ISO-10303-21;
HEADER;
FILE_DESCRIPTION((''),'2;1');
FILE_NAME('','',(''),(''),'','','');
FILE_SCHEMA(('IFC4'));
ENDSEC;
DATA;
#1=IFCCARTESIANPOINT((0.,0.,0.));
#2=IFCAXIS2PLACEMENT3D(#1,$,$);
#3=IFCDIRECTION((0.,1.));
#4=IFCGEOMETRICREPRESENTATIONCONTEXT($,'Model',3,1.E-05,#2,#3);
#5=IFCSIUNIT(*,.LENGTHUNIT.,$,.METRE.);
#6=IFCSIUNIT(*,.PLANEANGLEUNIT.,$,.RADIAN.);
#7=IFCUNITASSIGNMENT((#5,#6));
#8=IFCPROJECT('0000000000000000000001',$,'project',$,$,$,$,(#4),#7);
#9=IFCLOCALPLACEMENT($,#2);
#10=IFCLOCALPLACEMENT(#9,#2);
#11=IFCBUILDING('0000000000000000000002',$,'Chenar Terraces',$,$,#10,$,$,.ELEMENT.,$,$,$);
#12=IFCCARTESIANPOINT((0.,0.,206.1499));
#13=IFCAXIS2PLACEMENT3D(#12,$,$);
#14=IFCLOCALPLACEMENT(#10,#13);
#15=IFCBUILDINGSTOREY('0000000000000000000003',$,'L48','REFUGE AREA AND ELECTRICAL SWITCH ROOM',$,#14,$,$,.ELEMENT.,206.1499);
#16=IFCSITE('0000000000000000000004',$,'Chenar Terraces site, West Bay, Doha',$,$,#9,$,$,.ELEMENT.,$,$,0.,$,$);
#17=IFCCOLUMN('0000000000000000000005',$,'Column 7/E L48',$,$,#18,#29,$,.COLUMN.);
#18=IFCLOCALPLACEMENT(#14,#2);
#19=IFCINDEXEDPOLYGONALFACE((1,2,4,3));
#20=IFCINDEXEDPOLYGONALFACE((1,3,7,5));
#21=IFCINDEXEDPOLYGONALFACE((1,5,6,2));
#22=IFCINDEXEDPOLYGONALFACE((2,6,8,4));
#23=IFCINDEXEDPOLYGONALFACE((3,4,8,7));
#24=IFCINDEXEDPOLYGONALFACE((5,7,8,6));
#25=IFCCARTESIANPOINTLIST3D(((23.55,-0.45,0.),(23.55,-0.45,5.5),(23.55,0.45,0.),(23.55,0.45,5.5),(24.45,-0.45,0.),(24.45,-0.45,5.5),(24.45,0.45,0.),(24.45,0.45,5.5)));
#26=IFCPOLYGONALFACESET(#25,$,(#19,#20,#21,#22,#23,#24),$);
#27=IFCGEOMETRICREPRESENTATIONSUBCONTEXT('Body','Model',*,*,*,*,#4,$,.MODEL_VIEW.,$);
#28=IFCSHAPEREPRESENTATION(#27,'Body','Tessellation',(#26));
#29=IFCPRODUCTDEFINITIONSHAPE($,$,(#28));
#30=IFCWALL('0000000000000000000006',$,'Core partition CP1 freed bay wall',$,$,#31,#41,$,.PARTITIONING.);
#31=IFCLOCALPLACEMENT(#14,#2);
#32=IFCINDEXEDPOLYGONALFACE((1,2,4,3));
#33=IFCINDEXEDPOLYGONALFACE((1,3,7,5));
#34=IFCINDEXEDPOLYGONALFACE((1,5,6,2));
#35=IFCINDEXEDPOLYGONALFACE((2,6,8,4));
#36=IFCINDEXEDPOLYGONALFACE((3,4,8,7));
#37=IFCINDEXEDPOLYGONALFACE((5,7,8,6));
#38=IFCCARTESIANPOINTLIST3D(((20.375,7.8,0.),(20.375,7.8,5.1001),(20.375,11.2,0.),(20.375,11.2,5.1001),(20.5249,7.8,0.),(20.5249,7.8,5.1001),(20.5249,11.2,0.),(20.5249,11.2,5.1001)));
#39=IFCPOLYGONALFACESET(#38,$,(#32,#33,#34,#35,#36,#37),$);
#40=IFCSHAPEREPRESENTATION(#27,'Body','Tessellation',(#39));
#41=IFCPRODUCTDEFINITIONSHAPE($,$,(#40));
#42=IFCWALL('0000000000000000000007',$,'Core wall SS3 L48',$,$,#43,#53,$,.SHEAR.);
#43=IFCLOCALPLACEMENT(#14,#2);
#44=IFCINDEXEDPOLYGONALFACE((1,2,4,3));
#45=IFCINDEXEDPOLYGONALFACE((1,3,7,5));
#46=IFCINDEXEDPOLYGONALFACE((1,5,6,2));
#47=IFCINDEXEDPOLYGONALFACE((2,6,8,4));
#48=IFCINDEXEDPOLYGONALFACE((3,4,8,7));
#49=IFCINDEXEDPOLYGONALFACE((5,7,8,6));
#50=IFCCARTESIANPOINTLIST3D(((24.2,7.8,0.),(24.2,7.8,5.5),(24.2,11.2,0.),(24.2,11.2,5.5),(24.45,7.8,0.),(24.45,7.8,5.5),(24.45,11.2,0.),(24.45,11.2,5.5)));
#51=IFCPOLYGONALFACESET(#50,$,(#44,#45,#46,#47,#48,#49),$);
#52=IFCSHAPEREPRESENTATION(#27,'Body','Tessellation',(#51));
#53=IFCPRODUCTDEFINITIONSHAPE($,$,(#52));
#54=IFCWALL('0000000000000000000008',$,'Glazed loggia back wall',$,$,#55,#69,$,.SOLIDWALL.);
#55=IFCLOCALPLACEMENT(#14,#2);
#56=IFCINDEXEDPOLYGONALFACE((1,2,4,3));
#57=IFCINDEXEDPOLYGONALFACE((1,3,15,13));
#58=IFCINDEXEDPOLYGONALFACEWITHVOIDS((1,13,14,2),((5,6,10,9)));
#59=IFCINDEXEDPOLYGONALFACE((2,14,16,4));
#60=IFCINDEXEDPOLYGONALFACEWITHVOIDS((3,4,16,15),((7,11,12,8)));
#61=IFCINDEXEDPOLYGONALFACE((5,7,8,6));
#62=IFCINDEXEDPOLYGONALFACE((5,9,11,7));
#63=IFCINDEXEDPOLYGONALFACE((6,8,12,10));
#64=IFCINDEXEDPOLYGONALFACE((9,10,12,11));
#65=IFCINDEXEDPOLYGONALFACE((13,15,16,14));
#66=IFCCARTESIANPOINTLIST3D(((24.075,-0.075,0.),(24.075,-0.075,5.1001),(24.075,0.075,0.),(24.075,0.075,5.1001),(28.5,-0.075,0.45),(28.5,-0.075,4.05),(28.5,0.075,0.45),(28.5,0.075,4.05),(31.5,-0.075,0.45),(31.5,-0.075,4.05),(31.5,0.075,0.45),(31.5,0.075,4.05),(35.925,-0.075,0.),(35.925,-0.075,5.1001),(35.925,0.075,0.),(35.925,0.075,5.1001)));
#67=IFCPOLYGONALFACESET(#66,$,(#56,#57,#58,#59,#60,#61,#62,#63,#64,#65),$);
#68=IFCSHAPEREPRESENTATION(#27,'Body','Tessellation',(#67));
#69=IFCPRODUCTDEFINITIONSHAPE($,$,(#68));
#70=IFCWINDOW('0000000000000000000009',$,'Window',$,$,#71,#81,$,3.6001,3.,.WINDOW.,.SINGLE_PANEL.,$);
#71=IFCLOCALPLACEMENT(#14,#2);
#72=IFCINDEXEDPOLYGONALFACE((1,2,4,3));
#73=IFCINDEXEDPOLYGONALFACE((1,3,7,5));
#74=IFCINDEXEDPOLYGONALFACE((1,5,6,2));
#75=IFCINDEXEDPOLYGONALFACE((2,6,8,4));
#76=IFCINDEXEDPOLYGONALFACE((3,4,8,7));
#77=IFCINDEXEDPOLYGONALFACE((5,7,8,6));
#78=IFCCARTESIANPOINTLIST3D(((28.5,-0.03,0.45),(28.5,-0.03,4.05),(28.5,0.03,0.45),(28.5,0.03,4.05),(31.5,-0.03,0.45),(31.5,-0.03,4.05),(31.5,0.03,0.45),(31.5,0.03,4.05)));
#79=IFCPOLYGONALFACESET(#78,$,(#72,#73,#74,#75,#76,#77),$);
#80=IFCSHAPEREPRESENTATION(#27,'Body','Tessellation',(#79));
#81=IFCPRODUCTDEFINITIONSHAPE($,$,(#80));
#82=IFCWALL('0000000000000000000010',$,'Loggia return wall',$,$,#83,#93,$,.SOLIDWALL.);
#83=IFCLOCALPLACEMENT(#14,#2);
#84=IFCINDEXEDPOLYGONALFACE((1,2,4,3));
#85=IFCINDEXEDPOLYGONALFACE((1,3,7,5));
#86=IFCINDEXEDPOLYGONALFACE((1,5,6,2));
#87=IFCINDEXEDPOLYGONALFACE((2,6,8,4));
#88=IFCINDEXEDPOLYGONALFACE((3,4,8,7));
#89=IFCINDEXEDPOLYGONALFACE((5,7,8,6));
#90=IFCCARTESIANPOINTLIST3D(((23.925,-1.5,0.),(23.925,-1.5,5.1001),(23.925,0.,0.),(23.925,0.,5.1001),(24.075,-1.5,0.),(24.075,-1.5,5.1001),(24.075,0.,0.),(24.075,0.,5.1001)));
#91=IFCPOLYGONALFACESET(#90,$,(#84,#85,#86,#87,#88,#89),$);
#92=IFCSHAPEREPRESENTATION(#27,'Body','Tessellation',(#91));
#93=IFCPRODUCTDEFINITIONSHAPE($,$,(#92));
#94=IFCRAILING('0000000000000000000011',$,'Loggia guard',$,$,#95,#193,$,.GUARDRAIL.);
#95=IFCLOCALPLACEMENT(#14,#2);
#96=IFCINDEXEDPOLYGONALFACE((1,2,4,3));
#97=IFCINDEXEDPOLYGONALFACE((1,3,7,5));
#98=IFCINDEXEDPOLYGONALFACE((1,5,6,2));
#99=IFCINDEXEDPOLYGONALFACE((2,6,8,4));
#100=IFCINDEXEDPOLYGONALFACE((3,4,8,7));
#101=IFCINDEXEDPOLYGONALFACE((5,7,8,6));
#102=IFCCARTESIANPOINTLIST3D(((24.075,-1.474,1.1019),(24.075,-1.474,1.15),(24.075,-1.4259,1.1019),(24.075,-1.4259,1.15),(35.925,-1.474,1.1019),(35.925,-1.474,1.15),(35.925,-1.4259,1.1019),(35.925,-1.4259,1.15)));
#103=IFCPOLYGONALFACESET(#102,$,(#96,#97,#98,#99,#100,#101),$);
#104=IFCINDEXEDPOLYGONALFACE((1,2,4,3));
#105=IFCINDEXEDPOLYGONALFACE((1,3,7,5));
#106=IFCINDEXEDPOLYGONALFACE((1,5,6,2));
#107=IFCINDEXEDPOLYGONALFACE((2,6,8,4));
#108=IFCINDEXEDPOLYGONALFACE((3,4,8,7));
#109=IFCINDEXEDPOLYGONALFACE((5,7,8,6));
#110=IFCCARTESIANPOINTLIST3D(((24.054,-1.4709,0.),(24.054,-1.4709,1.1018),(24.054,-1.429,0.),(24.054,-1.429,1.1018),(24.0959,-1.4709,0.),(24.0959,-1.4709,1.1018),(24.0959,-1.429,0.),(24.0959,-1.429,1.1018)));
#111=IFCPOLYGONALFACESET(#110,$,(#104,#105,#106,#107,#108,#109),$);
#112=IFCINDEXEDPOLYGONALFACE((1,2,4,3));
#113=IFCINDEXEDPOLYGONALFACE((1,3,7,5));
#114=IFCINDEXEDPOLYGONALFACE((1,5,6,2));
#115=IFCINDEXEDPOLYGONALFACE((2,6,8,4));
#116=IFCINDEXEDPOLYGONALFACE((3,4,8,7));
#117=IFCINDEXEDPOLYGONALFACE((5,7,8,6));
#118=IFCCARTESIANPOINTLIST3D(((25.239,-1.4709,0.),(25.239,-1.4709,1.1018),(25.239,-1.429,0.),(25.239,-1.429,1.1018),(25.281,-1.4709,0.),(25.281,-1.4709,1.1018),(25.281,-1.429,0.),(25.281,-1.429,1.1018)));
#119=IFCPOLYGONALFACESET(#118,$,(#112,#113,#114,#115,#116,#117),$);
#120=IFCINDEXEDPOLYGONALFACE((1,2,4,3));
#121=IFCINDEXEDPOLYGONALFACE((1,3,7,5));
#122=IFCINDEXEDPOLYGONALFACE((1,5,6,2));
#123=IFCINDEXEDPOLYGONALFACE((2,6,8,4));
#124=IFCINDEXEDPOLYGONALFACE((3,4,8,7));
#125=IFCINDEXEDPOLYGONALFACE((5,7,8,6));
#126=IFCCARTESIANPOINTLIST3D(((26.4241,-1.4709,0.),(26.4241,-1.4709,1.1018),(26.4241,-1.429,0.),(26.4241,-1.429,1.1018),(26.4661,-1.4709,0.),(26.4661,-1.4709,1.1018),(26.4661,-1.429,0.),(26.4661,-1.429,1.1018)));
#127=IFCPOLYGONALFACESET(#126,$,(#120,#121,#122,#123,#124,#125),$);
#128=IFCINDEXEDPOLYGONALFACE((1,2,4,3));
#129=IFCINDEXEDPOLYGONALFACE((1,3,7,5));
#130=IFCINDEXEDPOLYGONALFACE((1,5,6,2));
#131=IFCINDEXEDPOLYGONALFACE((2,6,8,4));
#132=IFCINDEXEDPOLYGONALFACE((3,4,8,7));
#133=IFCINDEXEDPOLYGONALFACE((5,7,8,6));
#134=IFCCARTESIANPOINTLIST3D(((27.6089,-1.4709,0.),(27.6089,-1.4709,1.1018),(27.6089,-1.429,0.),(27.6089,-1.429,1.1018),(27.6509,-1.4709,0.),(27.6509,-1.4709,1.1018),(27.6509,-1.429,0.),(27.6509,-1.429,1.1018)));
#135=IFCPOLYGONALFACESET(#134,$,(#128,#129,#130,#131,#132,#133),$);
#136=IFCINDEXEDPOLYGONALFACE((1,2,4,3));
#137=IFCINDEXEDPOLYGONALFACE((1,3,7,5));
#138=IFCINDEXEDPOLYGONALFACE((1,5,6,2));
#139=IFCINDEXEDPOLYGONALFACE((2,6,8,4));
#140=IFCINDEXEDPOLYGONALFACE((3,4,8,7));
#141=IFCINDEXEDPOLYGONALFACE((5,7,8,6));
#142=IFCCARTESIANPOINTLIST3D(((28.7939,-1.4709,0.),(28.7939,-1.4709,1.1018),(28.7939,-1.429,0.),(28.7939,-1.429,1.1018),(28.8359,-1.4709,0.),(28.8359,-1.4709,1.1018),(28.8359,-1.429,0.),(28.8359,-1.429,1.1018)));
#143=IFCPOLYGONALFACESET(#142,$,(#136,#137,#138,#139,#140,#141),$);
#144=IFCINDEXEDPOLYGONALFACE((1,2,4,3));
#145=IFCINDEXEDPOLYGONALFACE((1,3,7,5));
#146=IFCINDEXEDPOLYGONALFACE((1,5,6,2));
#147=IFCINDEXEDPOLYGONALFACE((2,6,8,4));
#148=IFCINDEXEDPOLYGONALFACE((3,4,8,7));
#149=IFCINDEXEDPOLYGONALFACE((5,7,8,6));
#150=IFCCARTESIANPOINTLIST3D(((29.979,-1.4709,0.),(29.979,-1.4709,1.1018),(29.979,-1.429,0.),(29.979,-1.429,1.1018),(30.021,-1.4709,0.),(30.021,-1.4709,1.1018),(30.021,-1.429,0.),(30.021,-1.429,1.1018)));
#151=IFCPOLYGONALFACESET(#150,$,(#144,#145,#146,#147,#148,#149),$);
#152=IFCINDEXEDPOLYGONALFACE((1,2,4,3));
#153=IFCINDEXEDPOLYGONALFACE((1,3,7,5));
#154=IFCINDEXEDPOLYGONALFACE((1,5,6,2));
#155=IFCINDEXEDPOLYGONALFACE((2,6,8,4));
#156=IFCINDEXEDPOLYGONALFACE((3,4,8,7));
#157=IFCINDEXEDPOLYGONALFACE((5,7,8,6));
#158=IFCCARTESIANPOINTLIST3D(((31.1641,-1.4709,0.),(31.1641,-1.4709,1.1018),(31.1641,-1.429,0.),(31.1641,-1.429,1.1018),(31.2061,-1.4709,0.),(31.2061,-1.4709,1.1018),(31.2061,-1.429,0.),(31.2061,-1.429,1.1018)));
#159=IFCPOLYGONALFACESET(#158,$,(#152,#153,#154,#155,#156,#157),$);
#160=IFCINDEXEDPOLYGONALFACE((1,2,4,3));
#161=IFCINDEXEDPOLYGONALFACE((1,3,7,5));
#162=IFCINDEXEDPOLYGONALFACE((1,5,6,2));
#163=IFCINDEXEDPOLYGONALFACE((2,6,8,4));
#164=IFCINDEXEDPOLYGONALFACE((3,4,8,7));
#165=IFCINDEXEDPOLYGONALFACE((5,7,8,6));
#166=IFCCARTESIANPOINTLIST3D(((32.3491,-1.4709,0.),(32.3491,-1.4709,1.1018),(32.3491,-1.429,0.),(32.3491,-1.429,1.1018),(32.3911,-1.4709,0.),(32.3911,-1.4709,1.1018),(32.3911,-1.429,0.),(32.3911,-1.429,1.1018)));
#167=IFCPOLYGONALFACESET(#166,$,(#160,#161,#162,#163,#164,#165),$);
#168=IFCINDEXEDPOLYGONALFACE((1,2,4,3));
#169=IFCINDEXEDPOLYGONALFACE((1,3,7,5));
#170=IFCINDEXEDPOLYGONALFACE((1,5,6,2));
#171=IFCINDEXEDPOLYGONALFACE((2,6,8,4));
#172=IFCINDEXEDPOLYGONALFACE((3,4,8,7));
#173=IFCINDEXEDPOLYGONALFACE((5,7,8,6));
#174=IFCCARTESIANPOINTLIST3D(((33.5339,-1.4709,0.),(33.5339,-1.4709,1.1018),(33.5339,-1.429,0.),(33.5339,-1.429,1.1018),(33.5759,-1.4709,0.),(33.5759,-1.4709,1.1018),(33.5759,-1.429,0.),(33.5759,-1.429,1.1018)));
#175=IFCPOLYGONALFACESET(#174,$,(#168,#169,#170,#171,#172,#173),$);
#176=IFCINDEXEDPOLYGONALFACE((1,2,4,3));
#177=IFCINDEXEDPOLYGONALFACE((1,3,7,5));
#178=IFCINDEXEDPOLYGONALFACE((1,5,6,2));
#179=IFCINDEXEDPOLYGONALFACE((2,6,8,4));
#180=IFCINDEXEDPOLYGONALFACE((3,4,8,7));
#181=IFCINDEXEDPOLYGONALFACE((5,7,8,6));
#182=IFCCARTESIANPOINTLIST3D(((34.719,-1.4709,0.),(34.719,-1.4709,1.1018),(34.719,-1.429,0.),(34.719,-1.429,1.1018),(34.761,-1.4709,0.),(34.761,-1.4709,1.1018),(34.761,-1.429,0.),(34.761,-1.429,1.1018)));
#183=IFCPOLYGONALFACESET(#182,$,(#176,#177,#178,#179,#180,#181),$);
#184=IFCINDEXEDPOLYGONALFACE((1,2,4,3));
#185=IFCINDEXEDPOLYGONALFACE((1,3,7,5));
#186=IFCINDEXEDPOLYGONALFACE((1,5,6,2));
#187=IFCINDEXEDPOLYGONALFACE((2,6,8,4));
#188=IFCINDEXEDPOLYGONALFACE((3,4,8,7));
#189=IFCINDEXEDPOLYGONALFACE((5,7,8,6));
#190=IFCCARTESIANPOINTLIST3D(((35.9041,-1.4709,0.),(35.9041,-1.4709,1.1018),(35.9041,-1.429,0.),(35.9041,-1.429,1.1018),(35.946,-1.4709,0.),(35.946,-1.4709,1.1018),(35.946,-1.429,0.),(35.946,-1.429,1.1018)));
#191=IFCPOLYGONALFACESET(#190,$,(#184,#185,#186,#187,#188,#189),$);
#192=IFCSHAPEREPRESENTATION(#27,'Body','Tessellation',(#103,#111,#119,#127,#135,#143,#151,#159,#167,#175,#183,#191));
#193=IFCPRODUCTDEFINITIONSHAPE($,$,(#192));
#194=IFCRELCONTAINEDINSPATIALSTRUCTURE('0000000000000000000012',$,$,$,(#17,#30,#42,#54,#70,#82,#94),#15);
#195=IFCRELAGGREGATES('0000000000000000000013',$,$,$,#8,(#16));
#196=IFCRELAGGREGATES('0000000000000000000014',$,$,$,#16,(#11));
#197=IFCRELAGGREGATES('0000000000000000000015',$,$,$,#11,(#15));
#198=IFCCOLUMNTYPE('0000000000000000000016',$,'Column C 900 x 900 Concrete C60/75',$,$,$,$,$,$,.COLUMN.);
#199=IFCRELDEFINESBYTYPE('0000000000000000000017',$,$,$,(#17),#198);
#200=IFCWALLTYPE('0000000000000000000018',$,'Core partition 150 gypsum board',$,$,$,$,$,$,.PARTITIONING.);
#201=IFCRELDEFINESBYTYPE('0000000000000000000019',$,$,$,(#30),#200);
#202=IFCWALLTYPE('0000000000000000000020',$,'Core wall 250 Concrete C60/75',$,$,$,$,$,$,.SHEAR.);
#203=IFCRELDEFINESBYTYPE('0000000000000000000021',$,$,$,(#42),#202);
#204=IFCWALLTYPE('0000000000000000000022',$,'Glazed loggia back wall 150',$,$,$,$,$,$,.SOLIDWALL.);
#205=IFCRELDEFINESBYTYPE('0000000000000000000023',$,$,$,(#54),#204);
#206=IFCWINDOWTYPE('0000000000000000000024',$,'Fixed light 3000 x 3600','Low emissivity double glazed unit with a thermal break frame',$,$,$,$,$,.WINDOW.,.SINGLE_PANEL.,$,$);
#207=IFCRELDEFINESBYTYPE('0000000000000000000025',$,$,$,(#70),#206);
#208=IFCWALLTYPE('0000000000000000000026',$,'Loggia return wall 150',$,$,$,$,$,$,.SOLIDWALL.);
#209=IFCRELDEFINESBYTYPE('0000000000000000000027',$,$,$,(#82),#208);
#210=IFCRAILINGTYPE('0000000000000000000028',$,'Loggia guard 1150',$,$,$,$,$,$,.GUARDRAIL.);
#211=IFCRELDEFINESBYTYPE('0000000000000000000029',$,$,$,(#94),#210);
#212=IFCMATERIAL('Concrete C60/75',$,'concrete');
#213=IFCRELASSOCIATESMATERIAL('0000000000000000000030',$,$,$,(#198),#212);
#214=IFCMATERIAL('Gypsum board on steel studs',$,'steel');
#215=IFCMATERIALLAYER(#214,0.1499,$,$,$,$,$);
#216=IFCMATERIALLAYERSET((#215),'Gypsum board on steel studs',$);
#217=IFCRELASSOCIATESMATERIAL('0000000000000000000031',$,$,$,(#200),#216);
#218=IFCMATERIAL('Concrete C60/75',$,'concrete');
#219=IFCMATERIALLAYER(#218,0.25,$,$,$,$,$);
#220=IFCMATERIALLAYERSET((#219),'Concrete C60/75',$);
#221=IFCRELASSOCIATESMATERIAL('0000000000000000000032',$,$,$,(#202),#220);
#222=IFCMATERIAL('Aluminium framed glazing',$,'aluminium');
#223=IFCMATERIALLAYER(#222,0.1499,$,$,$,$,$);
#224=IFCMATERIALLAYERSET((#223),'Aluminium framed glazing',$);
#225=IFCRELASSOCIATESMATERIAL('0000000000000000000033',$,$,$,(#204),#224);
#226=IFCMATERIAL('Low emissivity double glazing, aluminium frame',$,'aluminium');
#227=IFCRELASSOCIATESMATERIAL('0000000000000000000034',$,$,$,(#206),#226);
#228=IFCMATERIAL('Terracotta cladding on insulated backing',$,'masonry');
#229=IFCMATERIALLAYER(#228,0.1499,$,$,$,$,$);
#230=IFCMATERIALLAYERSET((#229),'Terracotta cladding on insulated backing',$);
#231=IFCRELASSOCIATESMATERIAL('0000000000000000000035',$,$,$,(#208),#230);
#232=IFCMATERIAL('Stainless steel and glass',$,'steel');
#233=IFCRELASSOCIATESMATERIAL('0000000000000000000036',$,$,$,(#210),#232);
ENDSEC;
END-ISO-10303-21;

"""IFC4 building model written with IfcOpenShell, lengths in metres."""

from ifc_helpers import new_model, si_unit, direction, frame, frame_2d, origin, origin_2d, place, context, subcontext, project, spatial, rectangle, extrude, material, layer, layer_set, material_profile, profile_set, type_object, element, fill, save


model = new_model("IFC4")

# Units and contexts
model_context = context("Model", 3, precision=1e-05, world=origin(), true_north=direction((0.0, 1.0)))
body_context = subcontext(model_context, "Body", "Model", "MODEL_VIEW")
ifc_project = project(units=[si_unit("LENGTHUNIT", "METRE"), si_unit("PLANEANGLEUNIT", "RADIAN")], contexts=[model_context])

# Site, building, storey
site_placement = place(None, origin())
site = spatial("IfcSite", under=ifc_project, at=site_placement, Name="Chenar Terraces site, West Bay, Doha", CompositionType="ELEMENT", RefElevation=0.0)
building_placement = place(site_placement, origin())
building = spatial("IfcBuilding", under=site, at=building_placement, Name="Chenar Terraces", CompositionType="ELEMENT")
storey_placement = place(building_placement, frame((0.0, 0.0, 206.1499)))
storey = spatial("IfcBuildingStorey", under=building, at=storey_placement, Name="L48", Description="REFUGE AREA AND ELECTRICAL SWITCH ROOM", CompositionType="ELEMENT", Elevation=206.1499)

# Column
ifc_material_1 = material(Name="Concrete C60/75", Category="concrete")
ifc_material_profile_1 = material_profile(ifc_material_1, rectangle(XDim=0.8999, YDim=0.8999, at=origin_2d()), Name="C 900 x 900")
ifc_profile_set_1 = profile_set([ifc_material_profile_1], Name="Concrete C60/75")
column_type = type_object("IfcColumnType", Name="Column C 900 x 900 Concrete C60/75", PredefinedType="COLUMN", material=ifc_profile_set_1)
column_placement = place(storey_placement, frame((24.0, 0.0, 0.0), z_axis=(0.0, 0.0, 1.0), x_axis=(1.0, 0.0, 0.0)))
element("IfcColumn", 1, at=column_placement, inside=storey, type_object=column_type, Name="Column 7/E L48", PredefinedType="COLUMN", context=body_context, shape_type="SweptSolid", body=[
    extrude(rectangle(XDim=0.8999, YDim=0.8999, at=origin_2d()), origin(), (0.0, 0.0, 1.0), 5.5),
])

# Walls
ifc_material_2 = material(Name="Gypsum board on steel studs", Category="steel")
ifc_layer_1 = layer(ifc_material_2, 0.1499)
ifc_layer_set_1 = layer_set([ifc_layer_1], Name="Gypsum board on steel studs")
wall_type_1 = type_object("IfcWallType", Name="Core partition 150 gypsum board", PredefinedType="PARTITIONING", material=ifc_layer_set_1)
wall_1_placement = place(storey_placement, frame((20.45, 7.8, 0.0), z_axis=(0.0, 0.0, 1.0), x_axis=(0.0, 1.0, 0.0)))
element("IfcWall", 2, at=wall_1_placement, inside=storey, type_object=wall_type_1, Name="Core partition CP1 freed bay wall", PredefinedType="PARTITIONING", context=body_context, shape_type="SweptSolid", body=[
    extrude(rectangle(XDim=3.3999, YDim=0.1499, at=frame_2d((1.7, 0.0))), origin(), (0.0, 0.0, 1.0), 5.1001),
])
ifc_material_3 = material(Name="Concrete C60/75", Category="concrete")
ifc_layer_2 = layer(ifc_material_3, 0.25)
ifc_layer_set_2 = layer_set([ifc_layer_2], Name="Concrete C60/75")
wall_type_2 = type_object("IfcWallType", Name="Core wall 250 Concrete C60/75", PredefinedType="SHEAR", material=ifc_layer_set_2)
wall_2_placement = place(storey_placement, frame((24.325, 7.8, 0.0), z_axis=(0.0, 0.0, 1.0), x_axis=(0.0, 1.0, 0.0)))
element("IfcWall", 3, at=wall_2_placement, inside=storey, type_object=wall_type_2, Name="Core wall SS3 L48", PredefinedType="SHEAR", context=body_context, shape_type="SweptSolid", body=[
    extrude(rectangle(XDim=3.3999, YDim=0.25, at=frame_2d((1.7, 0.0))), origin(), (0.0, 0.0, 1.0), 5.5),
])

# Wall, opening, window
ifc_material_4 = material(Name="Aluminium framed glazing", Category="aluminium")
ifc_layer_3 = layer(ifc_material_4, 0.1499)
ifc_layer_set_3 = layer_set([ifc_layer_3], Name="Aluminium framed glazing")
wall_type_3 = type_object("IfcWallType", Name="Glazed loggia back wall 150", PredefinedType="SOLIDWALL", material=ifc_layer_set_3)
wall_3_placement = place(storey_placement, frame((24.075, 0.0, 0.0), z_axis=(0.0, 0.0, 1.0), x_axis=(1.0, 0.0, 0.0)))
wall_3 = element("IfcWall", 4, at=wall_3_placement, inside=storey, type_object=wall_type_3, Name="Glazed loggia back wall", PredefinedType="SOLIDWALL", context=body_context, shape_type="SweptSolid", body=[
    extrude(rectangle(XDim=11.8501, YDim=0.1499, at=frame_2d((5.925, 0.0))), origin(), (0.0, 0.0, 1.0), 5.1001),
])
opening_placement = place(wall_3_placement, frame((4.425, 0.0, 0.45)))
opening = element("IfcOpeningElement", 5, at=opening_placement, cuts=wall_3, PredefinedType="OPENING", context=body_context, shape_type="SweptSolid", body=[
    extrude(rectangle(XDim=3.0, YDim=3.6001, at=frame_2d((1.5, 1.8))), frame((0.0, 0.085, 0.0), z_axis=(0.0, -1.0, 0.0), x_axis=(1.0, 0.0, 0.0)), (0.0, 0.0, 1.0), 0.1699),
])
ifc_material_5 = material(Name="Low emissivity double glazing, aluminium frame", Category="aluminium")
window_type = type_object("IfcWindowType", Name="Fixed light 3000 x 3600", Description="Low emissivity double glazed unit with a thermal break frame", PartitioningType="SINGLE_PANEL", PredefinedType="WINDOW", material=ifc_material_5)
window_placement = place(opening_placement, origin())
window = element("IfcWindow", 6, at=window_placement, inside=storey, type_object=window_type, Name="Window", OverallHeight=3.6001, OverallWidth=3.0, PartitioningType="SINGLE_PANEL", PredefinedType="WINDOW", context=body_context, shape_type="SweptSolid", body=[
    extrude(rectangle(XDim=3.0, YDim=3.6001, at=frame_2d((1.5, 1.8))), frame((0.0, 0.03, 0.0), z_axis=(0.0, -1.0, 0.0), x_axis=(1.0, 0.0, 0.0)), (0.0, 0.0, 1.0), 0.0601),
])
fill(opening, window)

# Wall
ifc_material_6 = material(Name="Terracotta cladding on insulated backing", Category="masonry")
ifc_layer_4 = layer(ifc_material_6, 0.1499)
ifc_layer_set_4 = layer_set([ifc_layer_4], Name="Terracotta cladding on insulated backing")
wall_type_4 = type_object("IfcWallType", Name="Loggia return wall 150", PredefinedType="SOLIDWALL", material=ifc_layer_set_4)
wall_4_placement = place(storey_placement, frame((24.0, -1.5, 0.0), z_axis=(0.0, 0.0, 1.0), x_axis=(0.0, 1.0, 0.0)))
element("IfcWall", 7, at=wall_4_placement, inside=storey, type_object=wall_type_4, Name="Loggia return wall", PredefinedType="SOLIDWALL", context=body_context, shape_type="SweptSolid", body=[
    extrude(rectangle(XDim=1.5, YDim=0.1499, at=frame_2d((0.75, 0.0))), origin(), (0.0, 0.0, 1.0), 5.1001),
])

# Railing
ifc_material_7 = material(Name="Stainless steel and glass", Category="steel")
railing_type = type_object("IfcRailingType", Name="Loggia guard 1150", PredefinedType="GUARDRAIL", material=ifc_material_7)
railing_placement = place(storey_placement, frame((24.075, -1.45, 0.0)))
element("IfcRailing", 8, at=railing_placement, inside=storey, type_object=railing_type, Name="Loggia guard", PredefinedType="GUARDRAIL", context=body_context, shape_type="SweptSolid", body=[
    extrude(rectangle(XDim=0.0481, YDim=0.0481, at=origin_2d()), frame((0.0, 0.0, 1.126), z_axis=(1.0, 0.0, 0.0), x_axis=(0.0, 1.0, 0.0)), (0.0, 0.0, 1.0), 11.8501),
    extrude(rectangle(XDim=0.042, YDim=0.042, at=origin_2d()), origin(), (0.0, 0.0, 1.0), 1.1018),
    extrude(rectangle(XDim=0.042, YDim=0.042, at=origin_2d()), frame((1.1851, 0.0, 0.0)), (0.0, 0.0, 1.0), 1.1018),
    extrude(rectangle(XDim=0.042, YDim=0.042, at=origin_2d()), frame((2.3701, 0.0, 0.0)), (0.0, 0.0, 1.0), 1.1018),
    extrude(rectangle(XDim=0.042, YDim=0.042, at=origin_2d()), frame((3.5549, 0.0, 0.0)), (0.0, 0.0, 1.0), 1.1018),
    extrude(rectangle(XDim=0.042, YDim=0.042, at=origin_2d()), frame((4.74, 0.0, 0.0)), (0.0, 0.0, 1.0), 1.1018),
    extrude(rectangle(XDim=0.042, YDim=0.042, at=origin_2d()), frame((5.925, 0.0, 0.0)), (0.0, 0.0, 1.0), 1.1018),
    extrude(rectangle(XDim=0.042, YDim=0.042, at=origin_2d()), frame((7.1101, 0.0, 0.0)), (0.0, 0.0, 1.0), 1.1018),
    extrude(rectangle(XDim=0.042, YDim=0.042, at=origin_2d()), frame((8.2952, 0.0, 0.0)), (0.0, 0.0, 1.0), 1.1018),
    extrude(rectangle(XDim=0.042, YDim=0.042, at=origin_2d()), frame((9.48, 0.0, 0.0)), (0.0, 0.0, 1.0), 1.1018),
    extrude(rectangle(XDim=0.042, YDim=0.042, at=origin_2d()), frame((10.665, 0.0, 0.0)), (0.0, 0.0, 1.0), 1.1018),
    extrude(rectangle(XDim=0.042, YDim=0.042, at=origin_2d()), frame((11.8501, 0.0, 0.0)), (0.0, 0.0, 1.0), 1.1018),
])

save(model, "model.ifc")
